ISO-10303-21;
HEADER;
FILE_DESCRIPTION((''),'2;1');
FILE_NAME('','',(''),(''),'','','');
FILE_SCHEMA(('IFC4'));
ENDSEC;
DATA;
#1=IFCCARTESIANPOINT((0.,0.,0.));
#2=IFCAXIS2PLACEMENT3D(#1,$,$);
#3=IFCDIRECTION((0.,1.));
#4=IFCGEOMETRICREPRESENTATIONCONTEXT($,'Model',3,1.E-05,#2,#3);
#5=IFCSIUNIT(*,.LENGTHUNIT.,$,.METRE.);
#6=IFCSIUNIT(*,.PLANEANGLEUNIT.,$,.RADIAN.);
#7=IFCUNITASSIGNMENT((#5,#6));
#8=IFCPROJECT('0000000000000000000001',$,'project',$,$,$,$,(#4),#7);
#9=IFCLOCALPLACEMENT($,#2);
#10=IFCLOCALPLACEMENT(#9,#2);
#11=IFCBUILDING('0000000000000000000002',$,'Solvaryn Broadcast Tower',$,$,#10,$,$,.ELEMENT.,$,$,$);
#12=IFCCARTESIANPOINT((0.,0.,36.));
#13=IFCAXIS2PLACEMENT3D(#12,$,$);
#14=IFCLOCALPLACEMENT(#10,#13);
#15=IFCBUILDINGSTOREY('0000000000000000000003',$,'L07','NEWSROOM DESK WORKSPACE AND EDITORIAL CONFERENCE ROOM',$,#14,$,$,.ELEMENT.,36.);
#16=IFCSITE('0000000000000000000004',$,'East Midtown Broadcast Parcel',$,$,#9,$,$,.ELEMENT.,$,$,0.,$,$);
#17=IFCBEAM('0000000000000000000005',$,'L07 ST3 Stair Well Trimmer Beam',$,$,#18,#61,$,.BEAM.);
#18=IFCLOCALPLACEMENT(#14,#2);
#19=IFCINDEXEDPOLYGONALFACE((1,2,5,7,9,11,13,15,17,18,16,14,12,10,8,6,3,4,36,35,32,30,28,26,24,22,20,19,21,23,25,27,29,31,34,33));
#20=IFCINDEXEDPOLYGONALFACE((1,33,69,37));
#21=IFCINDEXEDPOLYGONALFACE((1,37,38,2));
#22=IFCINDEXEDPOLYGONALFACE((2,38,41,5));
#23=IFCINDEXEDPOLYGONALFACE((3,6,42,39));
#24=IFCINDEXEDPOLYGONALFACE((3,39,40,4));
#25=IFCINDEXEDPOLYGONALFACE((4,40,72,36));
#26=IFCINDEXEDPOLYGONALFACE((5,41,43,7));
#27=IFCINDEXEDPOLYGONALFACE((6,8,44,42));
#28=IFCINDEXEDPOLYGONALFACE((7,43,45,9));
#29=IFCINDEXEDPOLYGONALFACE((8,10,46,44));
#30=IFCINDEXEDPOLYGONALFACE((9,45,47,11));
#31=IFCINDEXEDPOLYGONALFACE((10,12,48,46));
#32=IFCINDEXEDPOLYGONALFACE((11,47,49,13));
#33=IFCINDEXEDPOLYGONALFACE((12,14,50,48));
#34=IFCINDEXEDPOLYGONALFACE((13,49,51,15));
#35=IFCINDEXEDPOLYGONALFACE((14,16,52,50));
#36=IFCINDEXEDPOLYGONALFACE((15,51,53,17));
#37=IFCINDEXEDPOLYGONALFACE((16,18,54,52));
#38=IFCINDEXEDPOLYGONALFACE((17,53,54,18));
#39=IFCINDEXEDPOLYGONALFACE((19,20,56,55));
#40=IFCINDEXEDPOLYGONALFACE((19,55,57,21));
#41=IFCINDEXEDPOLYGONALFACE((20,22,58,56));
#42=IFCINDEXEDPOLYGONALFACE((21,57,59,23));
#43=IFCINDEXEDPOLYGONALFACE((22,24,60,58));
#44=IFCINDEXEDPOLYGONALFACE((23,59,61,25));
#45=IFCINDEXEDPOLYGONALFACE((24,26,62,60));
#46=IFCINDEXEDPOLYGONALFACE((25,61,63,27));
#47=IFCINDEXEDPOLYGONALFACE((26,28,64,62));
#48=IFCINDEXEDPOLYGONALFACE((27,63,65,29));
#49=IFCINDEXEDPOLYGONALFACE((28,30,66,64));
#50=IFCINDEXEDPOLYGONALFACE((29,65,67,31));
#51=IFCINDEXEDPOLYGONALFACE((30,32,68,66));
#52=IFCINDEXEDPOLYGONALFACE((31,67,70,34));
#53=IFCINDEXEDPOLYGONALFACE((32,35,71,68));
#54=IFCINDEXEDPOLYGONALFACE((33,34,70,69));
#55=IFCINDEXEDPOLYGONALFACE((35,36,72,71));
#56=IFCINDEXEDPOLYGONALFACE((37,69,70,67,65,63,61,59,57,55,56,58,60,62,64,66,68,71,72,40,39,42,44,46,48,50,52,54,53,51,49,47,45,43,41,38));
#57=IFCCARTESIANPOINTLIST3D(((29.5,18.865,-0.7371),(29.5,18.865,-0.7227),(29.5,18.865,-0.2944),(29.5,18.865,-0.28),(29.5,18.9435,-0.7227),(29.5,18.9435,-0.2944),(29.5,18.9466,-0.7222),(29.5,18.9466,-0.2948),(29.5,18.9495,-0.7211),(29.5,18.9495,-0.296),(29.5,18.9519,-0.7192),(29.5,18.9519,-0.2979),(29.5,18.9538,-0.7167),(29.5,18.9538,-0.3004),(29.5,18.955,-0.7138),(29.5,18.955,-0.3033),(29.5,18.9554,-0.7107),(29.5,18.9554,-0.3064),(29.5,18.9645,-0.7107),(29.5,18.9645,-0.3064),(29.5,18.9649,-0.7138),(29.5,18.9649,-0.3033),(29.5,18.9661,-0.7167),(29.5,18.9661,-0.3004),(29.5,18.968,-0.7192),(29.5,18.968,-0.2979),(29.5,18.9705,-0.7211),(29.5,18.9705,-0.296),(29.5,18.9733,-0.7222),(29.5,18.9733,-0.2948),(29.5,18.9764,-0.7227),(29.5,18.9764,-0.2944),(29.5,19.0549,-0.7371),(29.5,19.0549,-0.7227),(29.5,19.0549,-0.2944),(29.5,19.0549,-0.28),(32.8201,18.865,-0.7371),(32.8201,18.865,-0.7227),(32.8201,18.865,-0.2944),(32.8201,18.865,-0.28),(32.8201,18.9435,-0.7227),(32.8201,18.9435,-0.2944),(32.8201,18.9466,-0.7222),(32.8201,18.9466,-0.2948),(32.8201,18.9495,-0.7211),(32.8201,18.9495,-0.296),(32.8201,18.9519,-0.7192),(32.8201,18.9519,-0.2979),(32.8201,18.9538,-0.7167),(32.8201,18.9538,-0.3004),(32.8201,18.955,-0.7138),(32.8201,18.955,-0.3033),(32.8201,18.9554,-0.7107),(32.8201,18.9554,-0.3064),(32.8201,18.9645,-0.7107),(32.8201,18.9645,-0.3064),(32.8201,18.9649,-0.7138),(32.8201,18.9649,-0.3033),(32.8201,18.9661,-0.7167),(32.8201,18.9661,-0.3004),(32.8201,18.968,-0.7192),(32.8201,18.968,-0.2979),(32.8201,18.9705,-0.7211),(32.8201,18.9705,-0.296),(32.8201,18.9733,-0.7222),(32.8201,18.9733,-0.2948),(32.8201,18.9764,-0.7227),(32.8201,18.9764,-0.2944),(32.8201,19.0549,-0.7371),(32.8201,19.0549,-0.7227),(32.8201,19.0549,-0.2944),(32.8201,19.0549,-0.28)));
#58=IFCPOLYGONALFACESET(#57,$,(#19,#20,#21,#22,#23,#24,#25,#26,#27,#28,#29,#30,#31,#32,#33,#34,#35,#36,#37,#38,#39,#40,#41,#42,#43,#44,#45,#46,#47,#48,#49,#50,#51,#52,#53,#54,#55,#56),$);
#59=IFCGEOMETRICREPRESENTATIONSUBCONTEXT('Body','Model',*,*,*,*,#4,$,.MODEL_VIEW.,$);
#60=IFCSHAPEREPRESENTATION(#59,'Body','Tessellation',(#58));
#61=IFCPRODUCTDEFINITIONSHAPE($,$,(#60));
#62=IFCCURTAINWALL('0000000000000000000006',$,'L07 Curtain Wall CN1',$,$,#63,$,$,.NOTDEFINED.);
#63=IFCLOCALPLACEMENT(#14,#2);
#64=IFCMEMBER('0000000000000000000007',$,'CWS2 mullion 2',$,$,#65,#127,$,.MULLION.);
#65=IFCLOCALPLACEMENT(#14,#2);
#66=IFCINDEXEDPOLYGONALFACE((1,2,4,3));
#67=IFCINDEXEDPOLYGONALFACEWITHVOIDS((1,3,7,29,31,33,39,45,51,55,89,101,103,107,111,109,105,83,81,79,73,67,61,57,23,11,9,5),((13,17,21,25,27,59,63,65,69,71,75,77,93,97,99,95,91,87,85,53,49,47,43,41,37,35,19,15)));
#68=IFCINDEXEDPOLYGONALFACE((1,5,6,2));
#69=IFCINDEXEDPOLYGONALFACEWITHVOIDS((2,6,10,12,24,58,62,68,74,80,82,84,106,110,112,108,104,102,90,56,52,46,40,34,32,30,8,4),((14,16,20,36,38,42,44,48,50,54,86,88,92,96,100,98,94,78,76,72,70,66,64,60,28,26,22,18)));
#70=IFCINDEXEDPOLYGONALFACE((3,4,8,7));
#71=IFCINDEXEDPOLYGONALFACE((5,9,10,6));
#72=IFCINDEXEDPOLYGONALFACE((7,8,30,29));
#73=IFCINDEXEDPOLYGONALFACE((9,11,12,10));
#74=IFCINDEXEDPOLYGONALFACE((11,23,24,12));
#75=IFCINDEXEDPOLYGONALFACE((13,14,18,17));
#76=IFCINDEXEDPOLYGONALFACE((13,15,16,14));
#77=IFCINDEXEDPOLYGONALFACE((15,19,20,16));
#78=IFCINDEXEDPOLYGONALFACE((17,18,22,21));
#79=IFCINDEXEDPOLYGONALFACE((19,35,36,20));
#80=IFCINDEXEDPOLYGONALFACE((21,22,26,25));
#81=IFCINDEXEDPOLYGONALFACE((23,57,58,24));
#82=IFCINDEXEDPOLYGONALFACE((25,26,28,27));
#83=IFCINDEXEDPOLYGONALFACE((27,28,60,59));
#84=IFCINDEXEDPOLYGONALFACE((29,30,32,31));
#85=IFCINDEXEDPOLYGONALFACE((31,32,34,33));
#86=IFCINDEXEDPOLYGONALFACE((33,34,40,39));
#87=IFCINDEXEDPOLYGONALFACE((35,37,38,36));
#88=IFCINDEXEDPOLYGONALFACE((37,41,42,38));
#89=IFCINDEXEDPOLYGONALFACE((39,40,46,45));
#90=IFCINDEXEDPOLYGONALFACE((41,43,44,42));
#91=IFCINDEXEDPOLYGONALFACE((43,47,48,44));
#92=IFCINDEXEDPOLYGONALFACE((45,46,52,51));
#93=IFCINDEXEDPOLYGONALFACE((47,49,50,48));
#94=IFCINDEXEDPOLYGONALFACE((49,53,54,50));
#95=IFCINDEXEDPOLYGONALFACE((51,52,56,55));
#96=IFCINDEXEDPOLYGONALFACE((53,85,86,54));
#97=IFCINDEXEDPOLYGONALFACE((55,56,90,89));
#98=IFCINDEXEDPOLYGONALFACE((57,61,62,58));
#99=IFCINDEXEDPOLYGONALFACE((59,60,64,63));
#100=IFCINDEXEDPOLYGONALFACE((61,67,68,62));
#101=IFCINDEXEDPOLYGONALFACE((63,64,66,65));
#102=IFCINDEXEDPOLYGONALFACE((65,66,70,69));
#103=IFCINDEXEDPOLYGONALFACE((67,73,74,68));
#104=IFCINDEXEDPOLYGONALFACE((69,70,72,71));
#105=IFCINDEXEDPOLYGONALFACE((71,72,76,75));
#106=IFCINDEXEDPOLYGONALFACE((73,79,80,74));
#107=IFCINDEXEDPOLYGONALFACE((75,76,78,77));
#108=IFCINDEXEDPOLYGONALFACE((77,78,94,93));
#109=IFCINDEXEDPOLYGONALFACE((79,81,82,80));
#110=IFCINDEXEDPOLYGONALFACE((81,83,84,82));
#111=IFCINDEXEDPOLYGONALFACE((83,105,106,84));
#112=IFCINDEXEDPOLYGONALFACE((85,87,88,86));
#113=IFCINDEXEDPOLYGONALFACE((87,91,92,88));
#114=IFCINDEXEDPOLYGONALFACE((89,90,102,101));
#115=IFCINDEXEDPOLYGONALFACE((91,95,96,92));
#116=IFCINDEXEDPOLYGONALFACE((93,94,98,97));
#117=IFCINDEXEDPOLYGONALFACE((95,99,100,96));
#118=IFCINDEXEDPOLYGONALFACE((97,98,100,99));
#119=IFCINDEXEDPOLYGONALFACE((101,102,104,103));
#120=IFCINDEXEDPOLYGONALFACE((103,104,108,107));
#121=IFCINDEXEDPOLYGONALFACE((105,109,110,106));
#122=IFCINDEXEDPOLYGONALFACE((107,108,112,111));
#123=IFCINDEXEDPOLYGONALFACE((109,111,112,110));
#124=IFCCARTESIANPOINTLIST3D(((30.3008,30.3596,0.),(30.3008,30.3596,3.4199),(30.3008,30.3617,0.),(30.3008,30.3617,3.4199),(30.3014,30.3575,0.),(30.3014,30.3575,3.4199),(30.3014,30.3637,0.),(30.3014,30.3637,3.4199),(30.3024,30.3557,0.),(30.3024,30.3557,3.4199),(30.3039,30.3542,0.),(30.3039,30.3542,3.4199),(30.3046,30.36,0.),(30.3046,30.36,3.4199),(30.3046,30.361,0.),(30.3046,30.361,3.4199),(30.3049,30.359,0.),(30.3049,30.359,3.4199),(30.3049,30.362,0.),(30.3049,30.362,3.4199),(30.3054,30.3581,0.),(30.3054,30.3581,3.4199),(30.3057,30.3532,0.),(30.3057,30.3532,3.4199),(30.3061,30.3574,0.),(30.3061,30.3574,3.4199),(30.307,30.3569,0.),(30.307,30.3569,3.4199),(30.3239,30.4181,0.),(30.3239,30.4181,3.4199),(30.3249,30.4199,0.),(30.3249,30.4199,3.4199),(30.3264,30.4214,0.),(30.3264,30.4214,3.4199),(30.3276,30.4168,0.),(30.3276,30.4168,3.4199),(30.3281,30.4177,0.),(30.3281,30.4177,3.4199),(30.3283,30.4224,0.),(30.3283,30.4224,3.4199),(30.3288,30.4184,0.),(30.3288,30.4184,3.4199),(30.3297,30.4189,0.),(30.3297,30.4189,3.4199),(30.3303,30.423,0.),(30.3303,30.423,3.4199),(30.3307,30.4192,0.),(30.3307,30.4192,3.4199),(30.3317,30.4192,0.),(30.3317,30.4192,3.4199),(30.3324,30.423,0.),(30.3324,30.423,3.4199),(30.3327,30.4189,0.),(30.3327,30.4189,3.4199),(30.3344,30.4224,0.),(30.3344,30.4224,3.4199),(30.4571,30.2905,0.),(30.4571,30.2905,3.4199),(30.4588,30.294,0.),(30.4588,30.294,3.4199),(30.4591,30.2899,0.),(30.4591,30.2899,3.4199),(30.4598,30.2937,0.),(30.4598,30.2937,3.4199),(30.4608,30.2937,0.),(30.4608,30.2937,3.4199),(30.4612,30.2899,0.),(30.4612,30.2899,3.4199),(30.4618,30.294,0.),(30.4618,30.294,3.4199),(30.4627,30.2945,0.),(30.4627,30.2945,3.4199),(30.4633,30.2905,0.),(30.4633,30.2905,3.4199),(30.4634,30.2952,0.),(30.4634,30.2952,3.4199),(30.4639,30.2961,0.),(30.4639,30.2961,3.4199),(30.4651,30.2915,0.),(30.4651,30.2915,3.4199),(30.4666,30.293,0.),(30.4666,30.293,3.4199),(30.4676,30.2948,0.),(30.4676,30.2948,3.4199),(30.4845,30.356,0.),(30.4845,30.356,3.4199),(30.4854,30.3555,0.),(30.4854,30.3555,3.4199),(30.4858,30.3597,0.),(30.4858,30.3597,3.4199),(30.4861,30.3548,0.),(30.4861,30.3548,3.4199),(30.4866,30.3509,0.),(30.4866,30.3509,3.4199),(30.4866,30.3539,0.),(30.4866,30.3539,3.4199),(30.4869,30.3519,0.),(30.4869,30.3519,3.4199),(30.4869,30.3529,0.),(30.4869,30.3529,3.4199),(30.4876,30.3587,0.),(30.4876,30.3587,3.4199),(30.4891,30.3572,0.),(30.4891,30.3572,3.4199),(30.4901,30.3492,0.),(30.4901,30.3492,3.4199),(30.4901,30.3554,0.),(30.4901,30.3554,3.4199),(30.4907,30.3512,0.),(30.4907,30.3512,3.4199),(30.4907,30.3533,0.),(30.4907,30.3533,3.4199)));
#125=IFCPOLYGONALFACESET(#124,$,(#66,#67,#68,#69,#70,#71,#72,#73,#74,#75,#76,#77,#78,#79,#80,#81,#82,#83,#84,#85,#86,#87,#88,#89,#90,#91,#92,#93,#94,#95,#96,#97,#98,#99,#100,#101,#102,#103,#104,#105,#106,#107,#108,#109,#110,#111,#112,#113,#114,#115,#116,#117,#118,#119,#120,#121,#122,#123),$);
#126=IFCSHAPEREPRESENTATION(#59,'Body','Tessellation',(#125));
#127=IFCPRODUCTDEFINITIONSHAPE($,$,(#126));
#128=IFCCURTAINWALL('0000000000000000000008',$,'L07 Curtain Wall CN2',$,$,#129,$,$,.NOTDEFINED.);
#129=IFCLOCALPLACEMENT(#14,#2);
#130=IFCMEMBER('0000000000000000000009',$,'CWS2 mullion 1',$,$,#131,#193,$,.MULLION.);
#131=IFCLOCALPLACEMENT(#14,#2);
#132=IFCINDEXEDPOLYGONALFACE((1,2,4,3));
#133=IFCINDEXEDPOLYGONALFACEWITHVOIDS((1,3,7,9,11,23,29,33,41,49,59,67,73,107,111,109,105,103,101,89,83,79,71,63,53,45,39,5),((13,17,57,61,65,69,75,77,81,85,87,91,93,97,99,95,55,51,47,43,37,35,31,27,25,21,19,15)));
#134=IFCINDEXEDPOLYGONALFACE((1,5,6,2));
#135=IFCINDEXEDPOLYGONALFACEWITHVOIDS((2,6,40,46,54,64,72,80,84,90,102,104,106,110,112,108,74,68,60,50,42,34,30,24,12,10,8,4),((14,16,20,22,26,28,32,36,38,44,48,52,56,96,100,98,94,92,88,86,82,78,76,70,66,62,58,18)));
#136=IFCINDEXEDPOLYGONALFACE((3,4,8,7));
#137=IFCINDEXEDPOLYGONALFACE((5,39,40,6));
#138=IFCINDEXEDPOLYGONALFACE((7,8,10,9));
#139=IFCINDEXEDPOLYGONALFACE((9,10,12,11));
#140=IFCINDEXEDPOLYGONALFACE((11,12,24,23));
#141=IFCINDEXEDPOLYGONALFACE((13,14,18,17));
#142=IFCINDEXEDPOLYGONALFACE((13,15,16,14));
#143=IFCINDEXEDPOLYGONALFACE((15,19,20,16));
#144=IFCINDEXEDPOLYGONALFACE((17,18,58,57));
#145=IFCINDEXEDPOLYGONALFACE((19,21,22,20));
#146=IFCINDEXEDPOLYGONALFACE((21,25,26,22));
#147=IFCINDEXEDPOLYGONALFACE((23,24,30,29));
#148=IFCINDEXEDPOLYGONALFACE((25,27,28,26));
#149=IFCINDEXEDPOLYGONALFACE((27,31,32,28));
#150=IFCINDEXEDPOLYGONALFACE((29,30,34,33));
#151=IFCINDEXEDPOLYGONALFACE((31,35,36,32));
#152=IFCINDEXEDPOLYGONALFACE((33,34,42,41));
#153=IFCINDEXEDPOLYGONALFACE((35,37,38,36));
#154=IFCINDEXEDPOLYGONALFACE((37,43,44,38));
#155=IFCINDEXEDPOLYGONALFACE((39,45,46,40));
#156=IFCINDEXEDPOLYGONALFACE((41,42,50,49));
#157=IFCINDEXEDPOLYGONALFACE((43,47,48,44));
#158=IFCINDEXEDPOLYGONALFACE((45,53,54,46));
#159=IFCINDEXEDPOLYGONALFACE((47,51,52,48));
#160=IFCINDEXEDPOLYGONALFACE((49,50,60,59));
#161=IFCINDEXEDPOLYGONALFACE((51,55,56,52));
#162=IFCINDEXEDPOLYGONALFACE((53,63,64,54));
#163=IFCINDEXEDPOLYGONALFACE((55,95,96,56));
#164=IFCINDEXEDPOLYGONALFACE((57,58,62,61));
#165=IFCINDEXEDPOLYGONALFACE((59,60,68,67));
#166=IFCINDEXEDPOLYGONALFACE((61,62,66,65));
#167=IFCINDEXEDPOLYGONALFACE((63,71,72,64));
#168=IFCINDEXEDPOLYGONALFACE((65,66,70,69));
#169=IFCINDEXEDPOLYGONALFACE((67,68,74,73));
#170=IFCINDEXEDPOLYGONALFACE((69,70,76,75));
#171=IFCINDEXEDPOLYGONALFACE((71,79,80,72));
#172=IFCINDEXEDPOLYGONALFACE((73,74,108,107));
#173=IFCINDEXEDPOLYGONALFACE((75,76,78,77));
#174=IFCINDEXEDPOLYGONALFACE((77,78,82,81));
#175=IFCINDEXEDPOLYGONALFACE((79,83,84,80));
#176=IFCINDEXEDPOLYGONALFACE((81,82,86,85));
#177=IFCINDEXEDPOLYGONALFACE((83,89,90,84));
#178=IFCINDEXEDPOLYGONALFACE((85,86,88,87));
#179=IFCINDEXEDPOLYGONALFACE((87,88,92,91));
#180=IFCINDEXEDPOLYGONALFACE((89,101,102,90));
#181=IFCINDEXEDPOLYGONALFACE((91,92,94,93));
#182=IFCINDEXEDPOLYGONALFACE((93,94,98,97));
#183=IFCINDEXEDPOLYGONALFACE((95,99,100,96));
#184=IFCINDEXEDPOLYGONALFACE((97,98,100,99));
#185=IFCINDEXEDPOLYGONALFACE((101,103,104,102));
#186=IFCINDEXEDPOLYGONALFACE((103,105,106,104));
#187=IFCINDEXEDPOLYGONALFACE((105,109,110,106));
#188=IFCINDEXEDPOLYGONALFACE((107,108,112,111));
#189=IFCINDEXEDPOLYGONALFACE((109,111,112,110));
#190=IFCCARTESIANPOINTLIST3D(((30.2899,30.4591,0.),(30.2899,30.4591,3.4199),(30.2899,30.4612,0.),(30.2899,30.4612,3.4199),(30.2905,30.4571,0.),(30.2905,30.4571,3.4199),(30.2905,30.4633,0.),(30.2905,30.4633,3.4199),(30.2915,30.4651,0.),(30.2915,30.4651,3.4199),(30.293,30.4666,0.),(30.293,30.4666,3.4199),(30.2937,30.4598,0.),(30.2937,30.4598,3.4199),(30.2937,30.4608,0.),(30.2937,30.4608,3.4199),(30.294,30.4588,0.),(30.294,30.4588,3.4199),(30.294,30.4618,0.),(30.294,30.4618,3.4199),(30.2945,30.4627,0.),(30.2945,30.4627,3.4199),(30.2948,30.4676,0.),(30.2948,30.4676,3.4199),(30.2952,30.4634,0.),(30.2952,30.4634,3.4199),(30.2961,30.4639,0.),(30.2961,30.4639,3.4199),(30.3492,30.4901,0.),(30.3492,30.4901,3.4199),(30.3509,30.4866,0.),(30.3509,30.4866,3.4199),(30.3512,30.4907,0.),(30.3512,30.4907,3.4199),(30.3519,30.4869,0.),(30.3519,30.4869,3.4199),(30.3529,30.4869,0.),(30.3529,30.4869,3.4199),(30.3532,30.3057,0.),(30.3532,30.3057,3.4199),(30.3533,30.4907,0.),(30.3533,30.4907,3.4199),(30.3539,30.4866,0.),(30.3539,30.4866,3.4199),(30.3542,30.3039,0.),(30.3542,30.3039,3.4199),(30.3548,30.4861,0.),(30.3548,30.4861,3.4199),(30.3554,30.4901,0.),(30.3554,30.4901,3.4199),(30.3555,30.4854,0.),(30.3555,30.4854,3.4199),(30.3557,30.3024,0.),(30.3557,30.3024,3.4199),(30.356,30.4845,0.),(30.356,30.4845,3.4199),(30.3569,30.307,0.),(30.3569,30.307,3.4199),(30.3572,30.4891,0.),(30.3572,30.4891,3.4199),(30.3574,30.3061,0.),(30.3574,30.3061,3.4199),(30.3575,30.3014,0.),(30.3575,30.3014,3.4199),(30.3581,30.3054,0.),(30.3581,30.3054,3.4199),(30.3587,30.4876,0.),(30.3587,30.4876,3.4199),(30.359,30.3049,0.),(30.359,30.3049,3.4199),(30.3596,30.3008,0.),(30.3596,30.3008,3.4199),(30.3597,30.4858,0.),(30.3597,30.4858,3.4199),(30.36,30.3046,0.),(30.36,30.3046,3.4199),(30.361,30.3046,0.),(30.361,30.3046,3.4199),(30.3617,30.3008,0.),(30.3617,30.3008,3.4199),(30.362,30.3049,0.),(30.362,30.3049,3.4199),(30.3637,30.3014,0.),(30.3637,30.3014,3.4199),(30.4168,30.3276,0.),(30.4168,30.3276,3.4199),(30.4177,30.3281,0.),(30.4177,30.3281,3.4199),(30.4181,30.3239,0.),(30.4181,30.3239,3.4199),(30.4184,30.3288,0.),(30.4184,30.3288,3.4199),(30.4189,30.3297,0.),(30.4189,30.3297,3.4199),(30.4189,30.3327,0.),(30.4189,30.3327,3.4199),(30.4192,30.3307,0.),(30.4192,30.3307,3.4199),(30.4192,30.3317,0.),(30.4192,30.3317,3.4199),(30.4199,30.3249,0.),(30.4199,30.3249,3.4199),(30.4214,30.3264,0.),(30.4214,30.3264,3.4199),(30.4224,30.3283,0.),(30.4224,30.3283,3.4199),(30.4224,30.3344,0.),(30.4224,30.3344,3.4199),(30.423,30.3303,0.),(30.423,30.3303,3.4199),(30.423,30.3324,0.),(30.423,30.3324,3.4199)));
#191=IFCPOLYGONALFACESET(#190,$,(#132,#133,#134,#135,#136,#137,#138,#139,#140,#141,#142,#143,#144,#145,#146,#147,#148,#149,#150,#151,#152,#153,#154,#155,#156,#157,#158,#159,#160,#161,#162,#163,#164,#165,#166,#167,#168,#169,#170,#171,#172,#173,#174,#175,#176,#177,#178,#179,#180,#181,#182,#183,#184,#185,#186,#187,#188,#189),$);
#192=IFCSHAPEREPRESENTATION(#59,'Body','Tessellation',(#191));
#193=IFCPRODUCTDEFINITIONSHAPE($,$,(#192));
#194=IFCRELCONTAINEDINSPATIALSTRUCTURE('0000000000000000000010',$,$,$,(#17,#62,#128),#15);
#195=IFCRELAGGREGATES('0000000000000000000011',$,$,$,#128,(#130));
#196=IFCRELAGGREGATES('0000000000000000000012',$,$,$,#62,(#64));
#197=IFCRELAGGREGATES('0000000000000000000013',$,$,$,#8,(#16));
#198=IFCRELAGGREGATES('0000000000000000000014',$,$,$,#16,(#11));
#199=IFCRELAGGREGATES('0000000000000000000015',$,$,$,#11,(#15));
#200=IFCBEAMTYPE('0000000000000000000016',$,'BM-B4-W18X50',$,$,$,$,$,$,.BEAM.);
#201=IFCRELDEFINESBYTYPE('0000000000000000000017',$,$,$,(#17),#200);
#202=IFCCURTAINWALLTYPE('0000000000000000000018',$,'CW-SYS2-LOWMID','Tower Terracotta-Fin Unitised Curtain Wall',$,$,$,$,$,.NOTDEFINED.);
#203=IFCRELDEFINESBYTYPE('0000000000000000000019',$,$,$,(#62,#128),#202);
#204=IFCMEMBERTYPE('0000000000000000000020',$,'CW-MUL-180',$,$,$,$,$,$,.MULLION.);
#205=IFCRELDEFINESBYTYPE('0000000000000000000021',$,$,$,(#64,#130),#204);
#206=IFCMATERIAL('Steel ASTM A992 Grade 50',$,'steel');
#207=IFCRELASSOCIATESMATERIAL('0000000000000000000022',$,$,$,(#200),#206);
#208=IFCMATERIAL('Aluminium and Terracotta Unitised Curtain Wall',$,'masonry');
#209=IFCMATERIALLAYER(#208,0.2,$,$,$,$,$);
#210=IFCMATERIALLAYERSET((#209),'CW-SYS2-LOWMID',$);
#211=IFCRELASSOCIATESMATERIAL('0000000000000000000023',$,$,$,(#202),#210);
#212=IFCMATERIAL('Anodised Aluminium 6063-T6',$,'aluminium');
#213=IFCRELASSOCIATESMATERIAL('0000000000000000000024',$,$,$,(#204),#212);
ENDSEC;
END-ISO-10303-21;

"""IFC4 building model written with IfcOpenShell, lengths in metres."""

from ifc_helpers import new_model, si_unit, direction, frame, origin, origin_2d, place, context, subcontext, project, spatial, hollow_rectangle, i_section, extrude, material, layer, layer_set, material_profile, profile_set, type_object, element, aggregate, save


model = new_model("IFC4")

# Units and contexts
model_context = context("Model", 3, precision=1e-05, world=origin(), true_north=direction((0.0, 1.0)))
body_context = subcontext(model_context, "Body", "Model", "MODEL_VIEW")
ifc_project = project(units=[si_unit("LENGTHUNIT", "METRE"), si_unit("PLANEANGLEUNIT", "RADIAN")], contexts=[model_context])

# Site, building, storey
site_placement = place(None, origin())
site = spatial("IfcSite", under=ifc_project, at=site_placement, Name="East Midtown Broadcast Parcel", CompositionType="ELEMENT", RefElevation=0.0)
building_placement = place(site_placement, origin())
building = spatial("IfcBuilding", under=site, at=building_placement, Name="Solvaryn Broadcast Tower", CompositionType="ELEMENT")
storey_placement = place(building_placement, frame((0.0, 0.0, 36.0)))
storey = spatial("IfcBuildingStorey", under=building, at=storey_placement, Name="L07", Description="NEWSROOM DESK WORKSPACE AND EDITORIAL CONFERENCE ROOM", CompositionType="ELEMENT", Elevation=36.0)

# Beam
ifc_material_1 = material(Name="Steel ASTM A992 Grade 50", Category="steel")
ifc_material_profile_1 = material_profile(ifc_material_1, i_section(OverallWidth=0.1899, OverallDepth=0.457, WebThickness=0.009, FlangeThickness=0.0144, FilletRadius=0.012, at=origin_2d()))
ifc_profile_set_1 = profile_set([ifc_material_profile_1], Name="Steel ASTM A992 Grade 50")
beam_type_1 = type_object("IfcBeamType", Name="BM-B4-W18X50", PredefinedType="BEAM", material=ifc_profile_set_1)
beam_1_placement = place(storey_placement, frame((29.5, 18.96, -0.5085), z_axis=(1.0, 0.0, 0.0), x_axis=(0.0, 1.0, 0.0)))
element("IfcBeam", 1, at=beam_1_placement, inside=storey, type_object=beam_type_1, Name="L07 ST3 Stair Well Trimmer Beam", PredefinedType="BEAM", context=body_context, shape_type="SweptSolid", body=[
    extrude(i_section(OverallWidth=0.1899, OverallDepth=0.457, WebThickness=0.009, FlangeThickness=0.0144, FilletRadius=0.012, at=origin_2d()), origin(), (0.0, 0.0, 1.0), 3.3201),
])

# Curtain wall, member
ifc_material_2 = material(Name="Aluminium and Terracotta Unitised Curtain Wall", Category="masonry")
ifc_layer_1 = layer(ifc_material_2, 0.2)
ifc_layer_set_1 = layer_set([ifc_layer_1], Name="CW-SYS2-LOWMID")
curtain_wall_type = type_object("IfcCurtainWallType", Name="CW-SYS2-LOWMID", Description="Tower Terracotta-Fin Unitised Curtain Wall", PredefinedType="NOTDEFINED", material=ifc_layer_set_1)
curtain_wall_1_placement = place(storey_placement, origin())
curtain_wall_1 = element("IfcCurtainWall", 2, at=curtain_wall_1_placement, inside=storey, type_object=curtain_wall_type, Name="L07 Curtain Wall CN1", PredefinedType="NOTDEFINED")
ifc_material_3 = material(Name="Anodised Aluminium 6063-T6", Category="aluminium")
ifc_material_profile_2 = material_profile(ifc_material_3, hollow_rectangle(XDim=0.075, YDim=0.1799, WallThickness=0.0039, InnerFilletRadius=0.0039, OuterFilletRadius=0.0081, at=origin_2d()))
ifc_profile_set_2 = profile_set([ifc_material_profile_2], Name="Anodised Aluminium 6063-T6")
member_type_1 = type_object("IfcMemberType", Name="CW-MUL-180", PredefinedType="MULLION", material=ifc_profile_set_2)
member_1_placement = place(storey_placement, frame((30.3958, 30.3564, 0.0), z_axis=(0.0, 0.0, 1.0), x_axis=(-0.382646, -0.923895, 0.0)))
member_1 = element("IfcMember", 3, at=member_1_placement, type_object=member_type_1, Name="CWS2 mullion 2", PredefinedType="MULLION", context=body_context, shape_type="SweptSolid", body=[
    extrude(hollow_rectangle(XDim=0.075, YDim=0.1799, WallThickness=0.0039, InnerFilletRadius=0.0039, OuterFilletRadius=0.0081, at=origin_2d()), origin(), (0.0, 0.0, 1.0), 3.4199),
])

# Curtain wall, member
curtain_wall_2_placement = place(storey_placement, origin())
curtain_wall_2 = element("IfcCurtainWall", 4, at=curtain_wall_2_placement, inside=storey, type_object=curtain_wall_type, Name="L07 Curtain Wall CN2", PredefinedType="NOTDEFINED")
member_2_placement = place(storey_placement, frame((30.3564, 30.3958, 0.0), z_axis=(0.0, 0.0, 1.0), x_axis=(-0.923895, -0.382646, 0.0)))
member_2 = element("IfcMember", 5, at=member_2_placement, type_object=member_type_1, Name="CWS2 mullion 1", PredefinedType="MULLION", context=body_context, shape_type="SweptSolid", body=[
    extrude(hollow_rectangle(XDim=0.075, YDim=0.1799, WallThickness=0.0039, InnerFilletRadius=0.0039, OuterFilletRadius=0.0081, at=origin_2d()), origin(), (0.0, 0.0, 1.0), 3.4199),
])
aggregate(curtain_wall_2, [member_2])

aggregate(curtain_wall_1, [member_1])

save(model, "model.ifc")
